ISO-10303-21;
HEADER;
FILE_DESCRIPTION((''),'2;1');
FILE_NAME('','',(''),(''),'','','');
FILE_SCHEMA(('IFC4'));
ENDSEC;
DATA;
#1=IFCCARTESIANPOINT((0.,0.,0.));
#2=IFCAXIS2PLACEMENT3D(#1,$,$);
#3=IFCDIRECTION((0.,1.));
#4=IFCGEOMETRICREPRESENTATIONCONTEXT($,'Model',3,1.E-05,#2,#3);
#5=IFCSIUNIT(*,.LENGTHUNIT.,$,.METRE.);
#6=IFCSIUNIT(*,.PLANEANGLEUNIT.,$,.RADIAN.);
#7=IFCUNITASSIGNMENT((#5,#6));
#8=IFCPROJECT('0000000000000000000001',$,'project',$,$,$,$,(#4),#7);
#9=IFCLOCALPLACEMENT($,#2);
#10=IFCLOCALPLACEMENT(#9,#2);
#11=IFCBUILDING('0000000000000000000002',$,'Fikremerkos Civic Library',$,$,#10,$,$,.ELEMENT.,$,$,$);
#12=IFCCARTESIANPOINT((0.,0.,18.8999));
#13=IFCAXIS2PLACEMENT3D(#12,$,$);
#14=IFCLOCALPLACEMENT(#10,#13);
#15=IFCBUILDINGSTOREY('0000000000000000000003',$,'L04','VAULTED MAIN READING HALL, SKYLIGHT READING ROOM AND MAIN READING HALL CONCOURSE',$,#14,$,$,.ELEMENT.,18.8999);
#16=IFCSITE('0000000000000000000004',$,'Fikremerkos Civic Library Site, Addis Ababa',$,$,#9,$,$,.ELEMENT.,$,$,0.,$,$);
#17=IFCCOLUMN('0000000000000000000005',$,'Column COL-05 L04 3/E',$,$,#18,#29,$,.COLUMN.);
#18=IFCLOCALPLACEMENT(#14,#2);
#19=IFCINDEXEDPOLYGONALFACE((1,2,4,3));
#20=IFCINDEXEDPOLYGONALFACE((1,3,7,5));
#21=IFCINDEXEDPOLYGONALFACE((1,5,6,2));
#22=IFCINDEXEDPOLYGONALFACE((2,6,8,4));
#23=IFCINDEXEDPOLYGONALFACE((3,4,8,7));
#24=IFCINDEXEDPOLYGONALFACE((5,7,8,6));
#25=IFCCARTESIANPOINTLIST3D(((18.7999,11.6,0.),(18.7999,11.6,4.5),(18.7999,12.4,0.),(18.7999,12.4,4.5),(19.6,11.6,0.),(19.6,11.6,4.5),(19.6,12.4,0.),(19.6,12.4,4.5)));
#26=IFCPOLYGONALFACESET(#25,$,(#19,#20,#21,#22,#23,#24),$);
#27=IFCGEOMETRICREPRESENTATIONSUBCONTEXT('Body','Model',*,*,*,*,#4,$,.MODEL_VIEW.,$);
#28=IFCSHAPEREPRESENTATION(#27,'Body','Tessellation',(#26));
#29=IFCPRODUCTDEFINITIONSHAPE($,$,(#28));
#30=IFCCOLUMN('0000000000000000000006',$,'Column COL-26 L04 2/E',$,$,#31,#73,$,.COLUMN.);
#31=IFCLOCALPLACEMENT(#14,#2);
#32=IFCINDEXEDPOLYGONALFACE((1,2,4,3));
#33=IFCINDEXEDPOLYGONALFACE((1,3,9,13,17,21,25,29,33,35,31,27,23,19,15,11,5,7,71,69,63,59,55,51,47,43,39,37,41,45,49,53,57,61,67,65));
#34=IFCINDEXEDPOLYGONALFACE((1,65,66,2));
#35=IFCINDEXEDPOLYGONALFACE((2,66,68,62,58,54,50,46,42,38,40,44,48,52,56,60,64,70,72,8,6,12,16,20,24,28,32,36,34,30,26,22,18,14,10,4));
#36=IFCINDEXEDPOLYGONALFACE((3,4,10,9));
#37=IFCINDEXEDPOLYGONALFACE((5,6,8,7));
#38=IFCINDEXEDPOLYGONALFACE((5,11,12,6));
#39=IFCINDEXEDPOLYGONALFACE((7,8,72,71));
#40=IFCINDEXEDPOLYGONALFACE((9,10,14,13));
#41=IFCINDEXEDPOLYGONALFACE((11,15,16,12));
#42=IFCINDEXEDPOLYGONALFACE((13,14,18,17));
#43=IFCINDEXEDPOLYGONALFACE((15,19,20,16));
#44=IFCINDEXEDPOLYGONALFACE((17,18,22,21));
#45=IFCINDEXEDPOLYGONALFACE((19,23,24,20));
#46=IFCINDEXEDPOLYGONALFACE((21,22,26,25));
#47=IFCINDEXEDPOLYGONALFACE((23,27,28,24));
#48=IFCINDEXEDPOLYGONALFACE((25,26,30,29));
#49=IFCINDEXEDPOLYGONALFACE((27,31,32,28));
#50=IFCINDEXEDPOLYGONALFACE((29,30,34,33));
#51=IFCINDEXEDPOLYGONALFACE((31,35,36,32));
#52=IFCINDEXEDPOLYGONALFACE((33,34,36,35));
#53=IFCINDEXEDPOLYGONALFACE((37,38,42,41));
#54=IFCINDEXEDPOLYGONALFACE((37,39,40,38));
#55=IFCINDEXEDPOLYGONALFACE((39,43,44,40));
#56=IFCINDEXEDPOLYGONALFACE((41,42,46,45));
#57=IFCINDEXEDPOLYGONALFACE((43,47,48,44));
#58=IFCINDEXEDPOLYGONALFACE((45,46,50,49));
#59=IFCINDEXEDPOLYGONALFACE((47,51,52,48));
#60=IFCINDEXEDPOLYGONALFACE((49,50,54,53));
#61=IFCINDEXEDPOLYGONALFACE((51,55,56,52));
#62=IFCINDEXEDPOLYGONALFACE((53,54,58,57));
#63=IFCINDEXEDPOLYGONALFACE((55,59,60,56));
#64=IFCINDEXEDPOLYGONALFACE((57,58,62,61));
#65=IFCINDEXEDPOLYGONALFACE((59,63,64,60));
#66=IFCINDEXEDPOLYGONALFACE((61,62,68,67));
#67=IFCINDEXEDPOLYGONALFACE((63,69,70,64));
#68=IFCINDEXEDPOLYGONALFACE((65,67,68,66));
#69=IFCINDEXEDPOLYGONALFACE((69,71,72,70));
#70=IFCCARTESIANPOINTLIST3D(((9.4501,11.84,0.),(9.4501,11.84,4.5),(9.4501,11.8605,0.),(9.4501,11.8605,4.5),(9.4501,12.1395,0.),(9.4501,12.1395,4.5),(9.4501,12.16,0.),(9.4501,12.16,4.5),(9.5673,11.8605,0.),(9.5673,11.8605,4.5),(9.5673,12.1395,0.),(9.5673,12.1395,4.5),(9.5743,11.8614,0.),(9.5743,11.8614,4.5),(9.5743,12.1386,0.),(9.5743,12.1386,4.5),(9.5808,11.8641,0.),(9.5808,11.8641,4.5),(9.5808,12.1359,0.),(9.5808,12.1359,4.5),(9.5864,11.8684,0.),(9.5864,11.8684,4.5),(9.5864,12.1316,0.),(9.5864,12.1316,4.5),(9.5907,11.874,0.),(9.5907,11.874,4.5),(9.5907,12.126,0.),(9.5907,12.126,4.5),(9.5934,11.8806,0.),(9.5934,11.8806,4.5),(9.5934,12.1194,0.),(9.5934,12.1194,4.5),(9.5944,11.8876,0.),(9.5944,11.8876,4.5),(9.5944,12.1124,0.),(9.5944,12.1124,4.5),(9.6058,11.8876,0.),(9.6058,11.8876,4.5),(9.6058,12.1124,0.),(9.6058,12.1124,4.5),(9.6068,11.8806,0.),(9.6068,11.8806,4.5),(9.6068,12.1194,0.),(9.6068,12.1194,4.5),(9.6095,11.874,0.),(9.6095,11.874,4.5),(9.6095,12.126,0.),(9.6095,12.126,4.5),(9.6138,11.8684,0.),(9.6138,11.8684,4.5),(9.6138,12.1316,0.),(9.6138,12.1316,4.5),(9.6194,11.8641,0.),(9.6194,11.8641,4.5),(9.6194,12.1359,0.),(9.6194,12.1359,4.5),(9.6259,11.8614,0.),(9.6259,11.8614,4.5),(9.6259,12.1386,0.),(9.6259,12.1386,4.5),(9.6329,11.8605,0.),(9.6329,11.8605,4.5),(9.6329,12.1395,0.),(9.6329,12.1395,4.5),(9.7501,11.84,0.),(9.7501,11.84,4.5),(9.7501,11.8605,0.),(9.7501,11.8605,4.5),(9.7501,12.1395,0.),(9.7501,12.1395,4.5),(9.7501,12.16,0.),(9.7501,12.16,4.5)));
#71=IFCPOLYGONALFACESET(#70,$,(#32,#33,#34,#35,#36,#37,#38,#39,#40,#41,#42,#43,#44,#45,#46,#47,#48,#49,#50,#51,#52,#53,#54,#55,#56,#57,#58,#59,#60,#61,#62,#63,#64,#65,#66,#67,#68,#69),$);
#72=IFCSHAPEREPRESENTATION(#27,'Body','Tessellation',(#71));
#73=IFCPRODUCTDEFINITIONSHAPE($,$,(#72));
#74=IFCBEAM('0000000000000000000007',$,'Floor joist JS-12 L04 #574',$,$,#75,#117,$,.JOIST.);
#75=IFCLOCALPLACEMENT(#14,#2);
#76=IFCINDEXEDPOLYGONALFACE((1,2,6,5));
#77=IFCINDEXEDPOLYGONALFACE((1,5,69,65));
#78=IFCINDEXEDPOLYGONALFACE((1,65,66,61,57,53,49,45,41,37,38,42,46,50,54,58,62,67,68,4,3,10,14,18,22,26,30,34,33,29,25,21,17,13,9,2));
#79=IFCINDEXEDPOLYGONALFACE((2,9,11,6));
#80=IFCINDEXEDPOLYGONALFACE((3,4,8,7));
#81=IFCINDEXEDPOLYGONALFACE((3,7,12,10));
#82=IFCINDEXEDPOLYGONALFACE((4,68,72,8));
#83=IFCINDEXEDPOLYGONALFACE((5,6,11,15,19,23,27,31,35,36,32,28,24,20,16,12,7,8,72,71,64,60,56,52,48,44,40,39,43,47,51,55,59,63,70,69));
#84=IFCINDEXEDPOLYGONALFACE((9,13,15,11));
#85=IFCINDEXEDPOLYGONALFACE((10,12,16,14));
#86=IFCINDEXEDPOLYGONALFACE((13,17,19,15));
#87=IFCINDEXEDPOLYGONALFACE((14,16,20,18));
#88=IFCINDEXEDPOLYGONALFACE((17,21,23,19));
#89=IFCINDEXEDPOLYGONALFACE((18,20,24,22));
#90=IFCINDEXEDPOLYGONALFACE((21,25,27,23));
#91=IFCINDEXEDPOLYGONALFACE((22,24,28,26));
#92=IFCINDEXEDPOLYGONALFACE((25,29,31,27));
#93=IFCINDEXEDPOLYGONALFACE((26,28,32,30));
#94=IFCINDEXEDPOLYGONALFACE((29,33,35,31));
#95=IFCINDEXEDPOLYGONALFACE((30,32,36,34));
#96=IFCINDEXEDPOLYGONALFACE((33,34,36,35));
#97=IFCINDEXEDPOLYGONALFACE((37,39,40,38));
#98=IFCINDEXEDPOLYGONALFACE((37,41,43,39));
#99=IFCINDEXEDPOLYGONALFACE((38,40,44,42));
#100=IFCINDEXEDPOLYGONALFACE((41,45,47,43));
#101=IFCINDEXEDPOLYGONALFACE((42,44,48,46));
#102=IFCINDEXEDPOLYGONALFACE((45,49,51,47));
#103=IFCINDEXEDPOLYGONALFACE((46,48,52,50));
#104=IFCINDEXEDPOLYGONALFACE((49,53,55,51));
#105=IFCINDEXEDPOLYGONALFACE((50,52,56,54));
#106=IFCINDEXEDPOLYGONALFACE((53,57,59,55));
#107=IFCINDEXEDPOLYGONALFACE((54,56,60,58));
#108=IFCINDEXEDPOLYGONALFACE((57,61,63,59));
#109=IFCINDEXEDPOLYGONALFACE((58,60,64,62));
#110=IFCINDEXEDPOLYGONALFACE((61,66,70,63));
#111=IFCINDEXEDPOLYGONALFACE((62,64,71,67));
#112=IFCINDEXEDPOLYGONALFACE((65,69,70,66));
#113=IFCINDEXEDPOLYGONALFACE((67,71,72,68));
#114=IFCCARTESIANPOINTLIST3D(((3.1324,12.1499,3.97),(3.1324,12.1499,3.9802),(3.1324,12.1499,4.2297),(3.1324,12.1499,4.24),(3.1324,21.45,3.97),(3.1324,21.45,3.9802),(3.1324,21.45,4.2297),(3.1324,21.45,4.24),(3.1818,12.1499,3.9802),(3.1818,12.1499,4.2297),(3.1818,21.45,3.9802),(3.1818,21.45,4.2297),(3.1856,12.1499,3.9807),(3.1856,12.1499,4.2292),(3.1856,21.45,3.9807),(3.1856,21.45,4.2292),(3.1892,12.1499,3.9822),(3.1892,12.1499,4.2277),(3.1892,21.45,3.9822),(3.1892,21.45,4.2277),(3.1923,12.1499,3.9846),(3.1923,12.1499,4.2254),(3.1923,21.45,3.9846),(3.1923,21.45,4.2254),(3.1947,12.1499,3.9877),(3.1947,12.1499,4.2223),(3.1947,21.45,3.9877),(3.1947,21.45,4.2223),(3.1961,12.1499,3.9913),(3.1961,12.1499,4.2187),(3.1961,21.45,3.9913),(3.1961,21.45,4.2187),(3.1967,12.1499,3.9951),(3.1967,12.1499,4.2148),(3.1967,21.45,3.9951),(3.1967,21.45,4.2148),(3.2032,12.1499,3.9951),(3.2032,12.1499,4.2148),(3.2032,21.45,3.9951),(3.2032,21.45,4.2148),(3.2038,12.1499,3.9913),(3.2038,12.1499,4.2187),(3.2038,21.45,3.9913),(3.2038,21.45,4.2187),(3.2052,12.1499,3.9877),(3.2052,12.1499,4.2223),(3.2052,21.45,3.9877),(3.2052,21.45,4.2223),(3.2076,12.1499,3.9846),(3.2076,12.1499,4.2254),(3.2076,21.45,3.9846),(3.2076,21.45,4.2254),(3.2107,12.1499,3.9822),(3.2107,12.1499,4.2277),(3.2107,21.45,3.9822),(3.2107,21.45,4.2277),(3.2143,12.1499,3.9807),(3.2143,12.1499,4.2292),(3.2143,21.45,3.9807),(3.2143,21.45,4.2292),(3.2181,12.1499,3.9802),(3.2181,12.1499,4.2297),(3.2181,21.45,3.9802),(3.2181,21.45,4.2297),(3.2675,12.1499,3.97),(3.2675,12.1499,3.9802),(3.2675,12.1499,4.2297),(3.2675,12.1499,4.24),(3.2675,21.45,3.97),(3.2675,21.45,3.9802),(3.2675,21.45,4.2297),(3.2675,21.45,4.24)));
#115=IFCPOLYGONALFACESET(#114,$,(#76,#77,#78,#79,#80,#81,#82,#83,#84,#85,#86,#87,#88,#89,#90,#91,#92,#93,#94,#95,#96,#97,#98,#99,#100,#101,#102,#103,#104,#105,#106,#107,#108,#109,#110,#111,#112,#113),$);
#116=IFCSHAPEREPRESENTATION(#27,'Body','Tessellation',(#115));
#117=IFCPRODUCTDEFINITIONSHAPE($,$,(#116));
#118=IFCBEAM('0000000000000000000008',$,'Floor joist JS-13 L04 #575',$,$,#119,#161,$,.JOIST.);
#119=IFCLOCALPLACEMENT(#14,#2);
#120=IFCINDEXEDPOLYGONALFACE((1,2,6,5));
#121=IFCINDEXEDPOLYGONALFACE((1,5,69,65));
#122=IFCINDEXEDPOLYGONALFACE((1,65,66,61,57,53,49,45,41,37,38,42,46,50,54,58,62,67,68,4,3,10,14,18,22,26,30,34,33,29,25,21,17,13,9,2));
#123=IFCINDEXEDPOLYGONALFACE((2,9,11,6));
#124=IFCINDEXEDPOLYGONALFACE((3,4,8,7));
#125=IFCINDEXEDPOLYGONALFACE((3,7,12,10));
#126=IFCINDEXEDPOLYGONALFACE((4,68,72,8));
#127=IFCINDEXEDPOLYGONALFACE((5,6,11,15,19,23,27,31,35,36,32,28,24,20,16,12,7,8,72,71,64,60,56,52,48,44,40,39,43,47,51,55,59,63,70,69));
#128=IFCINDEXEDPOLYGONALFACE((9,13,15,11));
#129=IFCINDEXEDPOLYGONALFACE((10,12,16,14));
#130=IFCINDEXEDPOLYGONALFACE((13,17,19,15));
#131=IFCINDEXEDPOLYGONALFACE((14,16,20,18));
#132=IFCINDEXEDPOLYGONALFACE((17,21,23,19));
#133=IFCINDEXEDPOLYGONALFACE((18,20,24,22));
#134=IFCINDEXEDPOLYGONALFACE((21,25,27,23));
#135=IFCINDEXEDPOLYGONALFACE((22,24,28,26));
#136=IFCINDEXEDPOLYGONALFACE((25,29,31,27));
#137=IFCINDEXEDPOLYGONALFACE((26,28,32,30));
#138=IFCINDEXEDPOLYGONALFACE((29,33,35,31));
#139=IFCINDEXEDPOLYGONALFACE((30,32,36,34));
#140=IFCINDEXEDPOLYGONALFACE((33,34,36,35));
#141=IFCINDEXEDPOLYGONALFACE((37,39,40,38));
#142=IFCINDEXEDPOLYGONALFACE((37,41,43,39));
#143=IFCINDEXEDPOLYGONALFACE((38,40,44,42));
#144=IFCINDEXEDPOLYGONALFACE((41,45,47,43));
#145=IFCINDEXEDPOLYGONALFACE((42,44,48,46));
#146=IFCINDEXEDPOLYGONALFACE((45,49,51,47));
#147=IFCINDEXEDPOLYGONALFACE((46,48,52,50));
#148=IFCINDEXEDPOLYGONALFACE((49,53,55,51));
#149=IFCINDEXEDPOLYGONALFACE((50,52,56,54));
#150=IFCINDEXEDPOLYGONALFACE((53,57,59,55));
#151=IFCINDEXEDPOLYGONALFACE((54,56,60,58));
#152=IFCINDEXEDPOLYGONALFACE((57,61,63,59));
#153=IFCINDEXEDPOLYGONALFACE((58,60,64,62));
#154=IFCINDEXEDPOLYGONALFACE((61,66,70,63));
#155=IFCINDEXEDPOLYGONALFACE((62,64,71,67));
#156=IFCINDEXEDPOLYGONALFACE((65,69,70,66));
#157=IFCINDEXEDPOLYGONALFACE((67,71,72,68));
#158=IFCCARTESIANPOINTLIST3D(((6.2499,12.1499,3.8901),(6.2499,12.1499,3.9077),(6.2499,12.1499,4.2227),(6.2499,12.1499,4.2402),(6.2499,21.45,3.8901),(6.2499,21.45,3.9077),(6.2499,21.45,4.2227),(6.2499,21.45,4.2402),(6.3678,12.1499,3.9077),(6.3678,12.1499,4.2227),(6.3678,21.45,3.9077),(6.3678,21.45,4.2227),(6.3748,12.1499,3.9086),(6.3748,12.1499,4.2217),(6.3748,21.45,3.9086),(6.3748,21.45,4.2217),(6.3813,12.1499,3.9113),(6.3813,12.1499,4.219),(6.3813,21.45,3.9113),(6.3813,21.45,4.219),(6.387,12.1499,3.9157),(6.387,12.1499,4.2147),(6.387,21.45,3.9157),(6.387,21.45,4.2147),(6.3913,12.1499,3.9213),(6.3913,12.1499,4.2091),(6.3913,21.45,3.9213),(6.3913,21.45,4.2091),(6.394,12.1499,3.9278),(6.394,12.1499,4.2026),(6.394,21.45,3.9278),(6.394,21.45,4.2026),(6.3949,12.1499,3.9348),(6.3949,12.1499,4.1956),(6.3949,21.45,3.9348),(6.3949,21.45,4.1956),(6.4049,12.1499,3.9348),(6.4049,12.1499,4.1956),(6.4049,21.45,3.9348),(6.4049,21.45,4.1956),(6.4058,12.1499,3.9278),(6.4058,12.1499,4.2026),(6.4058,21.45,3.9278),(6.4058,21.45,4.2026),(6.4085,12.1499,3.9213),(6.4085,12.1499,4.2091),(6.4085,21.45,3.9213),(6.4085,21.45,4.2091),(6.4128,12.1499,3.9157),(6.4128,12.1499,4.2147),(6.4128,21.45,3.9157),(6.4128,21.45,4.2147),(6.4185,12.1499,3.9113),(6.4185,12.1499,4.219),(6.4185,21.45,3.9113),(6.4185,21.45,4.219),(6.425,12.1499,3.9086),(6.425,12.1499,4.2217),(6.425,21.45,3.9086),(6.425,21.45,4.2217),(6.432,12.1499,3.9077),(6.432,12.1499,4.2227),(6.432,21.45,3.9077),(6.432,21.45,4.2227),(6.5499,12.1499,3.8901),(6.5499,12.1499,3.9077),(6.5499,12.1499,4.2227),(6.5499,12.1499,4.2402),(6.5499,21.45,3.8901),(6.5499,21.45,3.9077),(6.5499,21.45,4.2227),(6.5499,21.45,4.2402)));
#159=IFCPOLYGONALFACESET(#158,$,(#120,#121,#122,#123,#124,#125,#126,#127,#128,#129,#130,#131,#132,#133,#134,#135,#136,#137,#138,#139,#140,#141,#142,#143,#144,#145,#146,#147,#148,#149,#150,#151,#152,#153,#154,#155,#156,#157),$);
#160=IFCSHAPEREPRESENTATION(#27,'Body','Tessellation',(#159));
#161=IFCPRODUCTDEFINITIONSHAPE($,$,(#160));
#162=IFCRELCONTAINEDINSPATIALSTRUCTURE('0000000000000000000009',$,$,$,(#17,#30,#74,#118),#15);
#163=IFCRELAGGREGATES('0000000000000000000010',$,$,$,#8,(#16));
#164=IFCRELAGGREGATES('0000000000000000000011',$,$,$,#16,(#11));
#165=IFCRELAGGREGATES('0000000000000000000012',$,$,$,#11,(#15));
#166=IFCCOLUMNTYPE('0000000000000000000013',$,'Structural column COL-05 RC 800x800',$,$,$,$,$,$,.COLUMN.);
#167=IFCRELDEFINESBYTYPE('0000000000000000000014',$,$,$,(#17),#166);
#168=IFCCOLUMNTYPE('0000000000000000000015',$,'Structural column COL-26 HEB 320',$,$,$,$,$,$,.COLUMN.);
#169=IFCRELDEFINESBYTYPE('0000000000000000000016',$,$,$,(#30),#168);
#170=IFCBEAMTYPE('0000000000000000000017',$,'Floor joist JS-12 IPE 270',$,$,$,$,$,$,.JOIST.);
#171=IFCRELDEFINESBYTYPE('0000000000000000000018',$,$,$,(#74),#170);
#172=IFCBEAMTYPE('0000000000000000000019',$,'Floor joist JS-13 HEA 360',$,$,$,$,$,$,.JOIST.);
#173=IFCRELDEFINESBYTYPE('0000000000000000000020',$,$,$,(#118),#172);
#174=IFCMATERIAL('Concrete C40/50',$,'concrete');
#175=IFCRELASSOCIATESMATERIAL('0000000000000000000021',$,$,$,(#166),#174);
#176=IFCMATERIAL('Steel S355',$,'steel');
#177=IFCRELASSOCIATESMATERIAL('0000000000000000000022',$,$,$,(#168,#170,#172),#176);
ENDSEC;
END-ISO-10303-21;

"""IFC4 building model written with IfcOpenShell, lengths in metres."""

from ifc_helpers import new_model, si_unit, direction, frame, origin, origin_2d, place, context, subcontext, project, spatial, rectangle, i_section, extrude, material, material_profile, profile_set, type_object, element, save


model = new_model("IFC4")

# Units and contexts
model_context = context("Model", 3, precision=1e-05, world=origin(), true_north=direction((0.0, 1.0)))
body_context = subcontext(model_context, "Body", "Model", "MODEL_VIEW")
ifc_project = project(units=[si_unit("LENGTHUNIT", "METRE"), si_unit("PLANEANGLEUNIT", "RADIAN")], contexts=[model_context])

# Site, building, storey
site_placement = place(None, origin())
site = spatial("IfcSite", under=ifc_project, at=site_placement, Name="Fikremerkos Civic Library Site, Addis Ababa", CompositionType="ELEMENT", RefElevation=0.0)
building_placement = place(site_placement, origin())
building = spatial("IfcBuilding", under=site, at=building_placement, Name="Fikremerkos Civic Library", CompositionType="ELEMENT")
storey_placement = place(building_placement, frame((0.0, 0.0, 18.8999)))
storey = spatial("IfcBuildingStorey", under=building, at=storey_placement, Name="L04", Description="VAULTED MAIN READING HALL, SKYLIGHT READING ROOM AND MAIN READING HALL CONCOURSE", CompositionType="ELEMENT", Elevation=18.8999)

# Columns
ifc_material_1 = material(Name="Concrete C40/50", Category="concrete")
ifc_material_profile_1 = material_profile(ifc_material_1, rectangle(XDim=0.8, YDim=0.8, at=origin_2d()), Name="RC 800x800")
ifc_profile_set_1 = profile_set([ifc_material_profile_1], Name="Concrete C40/50")
column_type_1 = type_object("IfcColumnType", Name="Structural column COL-05 RC 800x800", PredefinedType="COLUMN", material=ifc_profile_set_1)
column_1_placement = place(storey_placement, frame((19.2, 12.0, 0.0), z_axis=(0.0, 0.0, 1.0), x_axis=(1.0, 0.0, 0.0)))
element("IfcColumn", 1, at=column_1_placement, inside=storey, type_object=column_type_1, Name="Column COL-05 L04 3/E", PredefinedType="COLUMN", context=body_context, shape_type="SweptSolid", body=[
    extrude(rectangle(XDim=0.8, YDim=0.8, at=origin_2d()), origin(), (0.0, 0.0, 1.0), 4.5),
])
ifc_material_2 = material(Name="Steel S355", Category="steel")
ifc_material_profile_2 = material_profile(ifc_material_2, i_section(OverallWidth=0.3, OverallDepth=0.3201, WebThickness=0.0115, FlangeThickness=0.0205, FilletRadius=0.0271, at=origin_2d()), Name="HEB 320")
ifc_profile_set_2 = profile_set([ifc_material_profile_2], Name="Steel S355")
column_type_2 = type_object("IfcColumnType", Name="Structural column COL-26 HEB 320", PredefinedType="COLUMN", material=ifc_profile_set_2)
column_2_placement = place(storey_placement, frame((9.6001, 12.0, 0.0), z_axis=(0.0, 0.0, 1.0), x_axis=(1.0, 0.0, 0.0)))
element("IfcColumn", 2, at=column_2_placement, inside=storey, type_object=column_type_2, Name="Column COL-26 L04 2/E", PredefinedType="COLUMN", context=body_context, shape_type="SweptSolid", body=[
    extrude(i_section(OverallWidth=0.3, OverallDepth=0.3201, WebThickness=0.0115, FlangeThickness=0.0205, FilletRadius=0.0271, at=origin_2d()), origin(), (0.0, 0.0, 1.0), 4.5),
])

# Beams
ifc_material_profile_3 = material_profile(ifc_material_2, i_section(OverallWidth=0.135, OverallDepth=0.27, WebThickness=0.0066, FlangeThickness=0.0103, FilletRadius=0.0149, at=origin_2d()), Name="IPE 270")
ifc_profile_set_3 = profile_set([ifc_material_profile_3], Name="Steel S355")
beam_type_1 = type_object("IfcBeamType", Name="Floor joist JS-12 IPE 270", PredefinedType="JOIST", material=ifc_profile_set_3)
beam_1_placement = place(storey_placement, frame((3.2, 12.1499, 4.105), z_axis=(0.0, 1.0, 0.0), x_axis=(-1.0, 0.0, 0.0)))
element("IfcBeam", 3, at=beam_1_placement, inside=storey, type_object=beam_type_1, Name="Floor joist JS-12 L04 #574", PredefinedType="JOIST", context=body_context, shape_type="SweptSolid", body=[
    extrude(i_section(OverallWidth=0.135, OverallDepth=0.27, WebThickness=0.0066, FlangeThickness=0.0103, FilletRadius=0.0149, at=origin_2d()), origin(), (0.0, 0.0, 1.0), 9.3),
])
ifc_material_profile_4 = material_profile(ifc_material_2, i_section(OverallWidth=0.3, OverallDepth=0.3501, WebThickness=0.01, FlangeThickness=0.0176, FilletRadius=0.0271, at=origin_2d()), Name="HEA 360")
ifc_profile_set_4 = profile_set([ifc_material_profile_4], Name="Steel S355")
beam_type_2 = type_object("IfcBeamType", Name="Floor joist JS-13 HEA 360", PredefinedType="JOIST", material=ifc_profile_set_4)
beam_2_placement = place(storey_placement, frame((6.3999, 12.1499, 4.0652), z_axis=(0.0, 1.0, 0.0), x_axis=(-1.0, 0.0, 0.0)))
element("IfcBeam", 4, at=beam_2_placement, inside=storey, type_object=beam_type_2, Name="Floor joist JS-13 L04 #575", PredefinedType="JOIST", context=body_context, shape_type="SweptSolid", body=[
    extrude(i_section(OverallWidth=0.3, OverallDepth=0.3501, WebThickness=0.01, FlangeThickness=0.0176, FilletRadius=0.0271, at=origin_2d()), origin(), (0.0, 0.0, 1.0), 9.3),
])

save(model, "model.ifc")
